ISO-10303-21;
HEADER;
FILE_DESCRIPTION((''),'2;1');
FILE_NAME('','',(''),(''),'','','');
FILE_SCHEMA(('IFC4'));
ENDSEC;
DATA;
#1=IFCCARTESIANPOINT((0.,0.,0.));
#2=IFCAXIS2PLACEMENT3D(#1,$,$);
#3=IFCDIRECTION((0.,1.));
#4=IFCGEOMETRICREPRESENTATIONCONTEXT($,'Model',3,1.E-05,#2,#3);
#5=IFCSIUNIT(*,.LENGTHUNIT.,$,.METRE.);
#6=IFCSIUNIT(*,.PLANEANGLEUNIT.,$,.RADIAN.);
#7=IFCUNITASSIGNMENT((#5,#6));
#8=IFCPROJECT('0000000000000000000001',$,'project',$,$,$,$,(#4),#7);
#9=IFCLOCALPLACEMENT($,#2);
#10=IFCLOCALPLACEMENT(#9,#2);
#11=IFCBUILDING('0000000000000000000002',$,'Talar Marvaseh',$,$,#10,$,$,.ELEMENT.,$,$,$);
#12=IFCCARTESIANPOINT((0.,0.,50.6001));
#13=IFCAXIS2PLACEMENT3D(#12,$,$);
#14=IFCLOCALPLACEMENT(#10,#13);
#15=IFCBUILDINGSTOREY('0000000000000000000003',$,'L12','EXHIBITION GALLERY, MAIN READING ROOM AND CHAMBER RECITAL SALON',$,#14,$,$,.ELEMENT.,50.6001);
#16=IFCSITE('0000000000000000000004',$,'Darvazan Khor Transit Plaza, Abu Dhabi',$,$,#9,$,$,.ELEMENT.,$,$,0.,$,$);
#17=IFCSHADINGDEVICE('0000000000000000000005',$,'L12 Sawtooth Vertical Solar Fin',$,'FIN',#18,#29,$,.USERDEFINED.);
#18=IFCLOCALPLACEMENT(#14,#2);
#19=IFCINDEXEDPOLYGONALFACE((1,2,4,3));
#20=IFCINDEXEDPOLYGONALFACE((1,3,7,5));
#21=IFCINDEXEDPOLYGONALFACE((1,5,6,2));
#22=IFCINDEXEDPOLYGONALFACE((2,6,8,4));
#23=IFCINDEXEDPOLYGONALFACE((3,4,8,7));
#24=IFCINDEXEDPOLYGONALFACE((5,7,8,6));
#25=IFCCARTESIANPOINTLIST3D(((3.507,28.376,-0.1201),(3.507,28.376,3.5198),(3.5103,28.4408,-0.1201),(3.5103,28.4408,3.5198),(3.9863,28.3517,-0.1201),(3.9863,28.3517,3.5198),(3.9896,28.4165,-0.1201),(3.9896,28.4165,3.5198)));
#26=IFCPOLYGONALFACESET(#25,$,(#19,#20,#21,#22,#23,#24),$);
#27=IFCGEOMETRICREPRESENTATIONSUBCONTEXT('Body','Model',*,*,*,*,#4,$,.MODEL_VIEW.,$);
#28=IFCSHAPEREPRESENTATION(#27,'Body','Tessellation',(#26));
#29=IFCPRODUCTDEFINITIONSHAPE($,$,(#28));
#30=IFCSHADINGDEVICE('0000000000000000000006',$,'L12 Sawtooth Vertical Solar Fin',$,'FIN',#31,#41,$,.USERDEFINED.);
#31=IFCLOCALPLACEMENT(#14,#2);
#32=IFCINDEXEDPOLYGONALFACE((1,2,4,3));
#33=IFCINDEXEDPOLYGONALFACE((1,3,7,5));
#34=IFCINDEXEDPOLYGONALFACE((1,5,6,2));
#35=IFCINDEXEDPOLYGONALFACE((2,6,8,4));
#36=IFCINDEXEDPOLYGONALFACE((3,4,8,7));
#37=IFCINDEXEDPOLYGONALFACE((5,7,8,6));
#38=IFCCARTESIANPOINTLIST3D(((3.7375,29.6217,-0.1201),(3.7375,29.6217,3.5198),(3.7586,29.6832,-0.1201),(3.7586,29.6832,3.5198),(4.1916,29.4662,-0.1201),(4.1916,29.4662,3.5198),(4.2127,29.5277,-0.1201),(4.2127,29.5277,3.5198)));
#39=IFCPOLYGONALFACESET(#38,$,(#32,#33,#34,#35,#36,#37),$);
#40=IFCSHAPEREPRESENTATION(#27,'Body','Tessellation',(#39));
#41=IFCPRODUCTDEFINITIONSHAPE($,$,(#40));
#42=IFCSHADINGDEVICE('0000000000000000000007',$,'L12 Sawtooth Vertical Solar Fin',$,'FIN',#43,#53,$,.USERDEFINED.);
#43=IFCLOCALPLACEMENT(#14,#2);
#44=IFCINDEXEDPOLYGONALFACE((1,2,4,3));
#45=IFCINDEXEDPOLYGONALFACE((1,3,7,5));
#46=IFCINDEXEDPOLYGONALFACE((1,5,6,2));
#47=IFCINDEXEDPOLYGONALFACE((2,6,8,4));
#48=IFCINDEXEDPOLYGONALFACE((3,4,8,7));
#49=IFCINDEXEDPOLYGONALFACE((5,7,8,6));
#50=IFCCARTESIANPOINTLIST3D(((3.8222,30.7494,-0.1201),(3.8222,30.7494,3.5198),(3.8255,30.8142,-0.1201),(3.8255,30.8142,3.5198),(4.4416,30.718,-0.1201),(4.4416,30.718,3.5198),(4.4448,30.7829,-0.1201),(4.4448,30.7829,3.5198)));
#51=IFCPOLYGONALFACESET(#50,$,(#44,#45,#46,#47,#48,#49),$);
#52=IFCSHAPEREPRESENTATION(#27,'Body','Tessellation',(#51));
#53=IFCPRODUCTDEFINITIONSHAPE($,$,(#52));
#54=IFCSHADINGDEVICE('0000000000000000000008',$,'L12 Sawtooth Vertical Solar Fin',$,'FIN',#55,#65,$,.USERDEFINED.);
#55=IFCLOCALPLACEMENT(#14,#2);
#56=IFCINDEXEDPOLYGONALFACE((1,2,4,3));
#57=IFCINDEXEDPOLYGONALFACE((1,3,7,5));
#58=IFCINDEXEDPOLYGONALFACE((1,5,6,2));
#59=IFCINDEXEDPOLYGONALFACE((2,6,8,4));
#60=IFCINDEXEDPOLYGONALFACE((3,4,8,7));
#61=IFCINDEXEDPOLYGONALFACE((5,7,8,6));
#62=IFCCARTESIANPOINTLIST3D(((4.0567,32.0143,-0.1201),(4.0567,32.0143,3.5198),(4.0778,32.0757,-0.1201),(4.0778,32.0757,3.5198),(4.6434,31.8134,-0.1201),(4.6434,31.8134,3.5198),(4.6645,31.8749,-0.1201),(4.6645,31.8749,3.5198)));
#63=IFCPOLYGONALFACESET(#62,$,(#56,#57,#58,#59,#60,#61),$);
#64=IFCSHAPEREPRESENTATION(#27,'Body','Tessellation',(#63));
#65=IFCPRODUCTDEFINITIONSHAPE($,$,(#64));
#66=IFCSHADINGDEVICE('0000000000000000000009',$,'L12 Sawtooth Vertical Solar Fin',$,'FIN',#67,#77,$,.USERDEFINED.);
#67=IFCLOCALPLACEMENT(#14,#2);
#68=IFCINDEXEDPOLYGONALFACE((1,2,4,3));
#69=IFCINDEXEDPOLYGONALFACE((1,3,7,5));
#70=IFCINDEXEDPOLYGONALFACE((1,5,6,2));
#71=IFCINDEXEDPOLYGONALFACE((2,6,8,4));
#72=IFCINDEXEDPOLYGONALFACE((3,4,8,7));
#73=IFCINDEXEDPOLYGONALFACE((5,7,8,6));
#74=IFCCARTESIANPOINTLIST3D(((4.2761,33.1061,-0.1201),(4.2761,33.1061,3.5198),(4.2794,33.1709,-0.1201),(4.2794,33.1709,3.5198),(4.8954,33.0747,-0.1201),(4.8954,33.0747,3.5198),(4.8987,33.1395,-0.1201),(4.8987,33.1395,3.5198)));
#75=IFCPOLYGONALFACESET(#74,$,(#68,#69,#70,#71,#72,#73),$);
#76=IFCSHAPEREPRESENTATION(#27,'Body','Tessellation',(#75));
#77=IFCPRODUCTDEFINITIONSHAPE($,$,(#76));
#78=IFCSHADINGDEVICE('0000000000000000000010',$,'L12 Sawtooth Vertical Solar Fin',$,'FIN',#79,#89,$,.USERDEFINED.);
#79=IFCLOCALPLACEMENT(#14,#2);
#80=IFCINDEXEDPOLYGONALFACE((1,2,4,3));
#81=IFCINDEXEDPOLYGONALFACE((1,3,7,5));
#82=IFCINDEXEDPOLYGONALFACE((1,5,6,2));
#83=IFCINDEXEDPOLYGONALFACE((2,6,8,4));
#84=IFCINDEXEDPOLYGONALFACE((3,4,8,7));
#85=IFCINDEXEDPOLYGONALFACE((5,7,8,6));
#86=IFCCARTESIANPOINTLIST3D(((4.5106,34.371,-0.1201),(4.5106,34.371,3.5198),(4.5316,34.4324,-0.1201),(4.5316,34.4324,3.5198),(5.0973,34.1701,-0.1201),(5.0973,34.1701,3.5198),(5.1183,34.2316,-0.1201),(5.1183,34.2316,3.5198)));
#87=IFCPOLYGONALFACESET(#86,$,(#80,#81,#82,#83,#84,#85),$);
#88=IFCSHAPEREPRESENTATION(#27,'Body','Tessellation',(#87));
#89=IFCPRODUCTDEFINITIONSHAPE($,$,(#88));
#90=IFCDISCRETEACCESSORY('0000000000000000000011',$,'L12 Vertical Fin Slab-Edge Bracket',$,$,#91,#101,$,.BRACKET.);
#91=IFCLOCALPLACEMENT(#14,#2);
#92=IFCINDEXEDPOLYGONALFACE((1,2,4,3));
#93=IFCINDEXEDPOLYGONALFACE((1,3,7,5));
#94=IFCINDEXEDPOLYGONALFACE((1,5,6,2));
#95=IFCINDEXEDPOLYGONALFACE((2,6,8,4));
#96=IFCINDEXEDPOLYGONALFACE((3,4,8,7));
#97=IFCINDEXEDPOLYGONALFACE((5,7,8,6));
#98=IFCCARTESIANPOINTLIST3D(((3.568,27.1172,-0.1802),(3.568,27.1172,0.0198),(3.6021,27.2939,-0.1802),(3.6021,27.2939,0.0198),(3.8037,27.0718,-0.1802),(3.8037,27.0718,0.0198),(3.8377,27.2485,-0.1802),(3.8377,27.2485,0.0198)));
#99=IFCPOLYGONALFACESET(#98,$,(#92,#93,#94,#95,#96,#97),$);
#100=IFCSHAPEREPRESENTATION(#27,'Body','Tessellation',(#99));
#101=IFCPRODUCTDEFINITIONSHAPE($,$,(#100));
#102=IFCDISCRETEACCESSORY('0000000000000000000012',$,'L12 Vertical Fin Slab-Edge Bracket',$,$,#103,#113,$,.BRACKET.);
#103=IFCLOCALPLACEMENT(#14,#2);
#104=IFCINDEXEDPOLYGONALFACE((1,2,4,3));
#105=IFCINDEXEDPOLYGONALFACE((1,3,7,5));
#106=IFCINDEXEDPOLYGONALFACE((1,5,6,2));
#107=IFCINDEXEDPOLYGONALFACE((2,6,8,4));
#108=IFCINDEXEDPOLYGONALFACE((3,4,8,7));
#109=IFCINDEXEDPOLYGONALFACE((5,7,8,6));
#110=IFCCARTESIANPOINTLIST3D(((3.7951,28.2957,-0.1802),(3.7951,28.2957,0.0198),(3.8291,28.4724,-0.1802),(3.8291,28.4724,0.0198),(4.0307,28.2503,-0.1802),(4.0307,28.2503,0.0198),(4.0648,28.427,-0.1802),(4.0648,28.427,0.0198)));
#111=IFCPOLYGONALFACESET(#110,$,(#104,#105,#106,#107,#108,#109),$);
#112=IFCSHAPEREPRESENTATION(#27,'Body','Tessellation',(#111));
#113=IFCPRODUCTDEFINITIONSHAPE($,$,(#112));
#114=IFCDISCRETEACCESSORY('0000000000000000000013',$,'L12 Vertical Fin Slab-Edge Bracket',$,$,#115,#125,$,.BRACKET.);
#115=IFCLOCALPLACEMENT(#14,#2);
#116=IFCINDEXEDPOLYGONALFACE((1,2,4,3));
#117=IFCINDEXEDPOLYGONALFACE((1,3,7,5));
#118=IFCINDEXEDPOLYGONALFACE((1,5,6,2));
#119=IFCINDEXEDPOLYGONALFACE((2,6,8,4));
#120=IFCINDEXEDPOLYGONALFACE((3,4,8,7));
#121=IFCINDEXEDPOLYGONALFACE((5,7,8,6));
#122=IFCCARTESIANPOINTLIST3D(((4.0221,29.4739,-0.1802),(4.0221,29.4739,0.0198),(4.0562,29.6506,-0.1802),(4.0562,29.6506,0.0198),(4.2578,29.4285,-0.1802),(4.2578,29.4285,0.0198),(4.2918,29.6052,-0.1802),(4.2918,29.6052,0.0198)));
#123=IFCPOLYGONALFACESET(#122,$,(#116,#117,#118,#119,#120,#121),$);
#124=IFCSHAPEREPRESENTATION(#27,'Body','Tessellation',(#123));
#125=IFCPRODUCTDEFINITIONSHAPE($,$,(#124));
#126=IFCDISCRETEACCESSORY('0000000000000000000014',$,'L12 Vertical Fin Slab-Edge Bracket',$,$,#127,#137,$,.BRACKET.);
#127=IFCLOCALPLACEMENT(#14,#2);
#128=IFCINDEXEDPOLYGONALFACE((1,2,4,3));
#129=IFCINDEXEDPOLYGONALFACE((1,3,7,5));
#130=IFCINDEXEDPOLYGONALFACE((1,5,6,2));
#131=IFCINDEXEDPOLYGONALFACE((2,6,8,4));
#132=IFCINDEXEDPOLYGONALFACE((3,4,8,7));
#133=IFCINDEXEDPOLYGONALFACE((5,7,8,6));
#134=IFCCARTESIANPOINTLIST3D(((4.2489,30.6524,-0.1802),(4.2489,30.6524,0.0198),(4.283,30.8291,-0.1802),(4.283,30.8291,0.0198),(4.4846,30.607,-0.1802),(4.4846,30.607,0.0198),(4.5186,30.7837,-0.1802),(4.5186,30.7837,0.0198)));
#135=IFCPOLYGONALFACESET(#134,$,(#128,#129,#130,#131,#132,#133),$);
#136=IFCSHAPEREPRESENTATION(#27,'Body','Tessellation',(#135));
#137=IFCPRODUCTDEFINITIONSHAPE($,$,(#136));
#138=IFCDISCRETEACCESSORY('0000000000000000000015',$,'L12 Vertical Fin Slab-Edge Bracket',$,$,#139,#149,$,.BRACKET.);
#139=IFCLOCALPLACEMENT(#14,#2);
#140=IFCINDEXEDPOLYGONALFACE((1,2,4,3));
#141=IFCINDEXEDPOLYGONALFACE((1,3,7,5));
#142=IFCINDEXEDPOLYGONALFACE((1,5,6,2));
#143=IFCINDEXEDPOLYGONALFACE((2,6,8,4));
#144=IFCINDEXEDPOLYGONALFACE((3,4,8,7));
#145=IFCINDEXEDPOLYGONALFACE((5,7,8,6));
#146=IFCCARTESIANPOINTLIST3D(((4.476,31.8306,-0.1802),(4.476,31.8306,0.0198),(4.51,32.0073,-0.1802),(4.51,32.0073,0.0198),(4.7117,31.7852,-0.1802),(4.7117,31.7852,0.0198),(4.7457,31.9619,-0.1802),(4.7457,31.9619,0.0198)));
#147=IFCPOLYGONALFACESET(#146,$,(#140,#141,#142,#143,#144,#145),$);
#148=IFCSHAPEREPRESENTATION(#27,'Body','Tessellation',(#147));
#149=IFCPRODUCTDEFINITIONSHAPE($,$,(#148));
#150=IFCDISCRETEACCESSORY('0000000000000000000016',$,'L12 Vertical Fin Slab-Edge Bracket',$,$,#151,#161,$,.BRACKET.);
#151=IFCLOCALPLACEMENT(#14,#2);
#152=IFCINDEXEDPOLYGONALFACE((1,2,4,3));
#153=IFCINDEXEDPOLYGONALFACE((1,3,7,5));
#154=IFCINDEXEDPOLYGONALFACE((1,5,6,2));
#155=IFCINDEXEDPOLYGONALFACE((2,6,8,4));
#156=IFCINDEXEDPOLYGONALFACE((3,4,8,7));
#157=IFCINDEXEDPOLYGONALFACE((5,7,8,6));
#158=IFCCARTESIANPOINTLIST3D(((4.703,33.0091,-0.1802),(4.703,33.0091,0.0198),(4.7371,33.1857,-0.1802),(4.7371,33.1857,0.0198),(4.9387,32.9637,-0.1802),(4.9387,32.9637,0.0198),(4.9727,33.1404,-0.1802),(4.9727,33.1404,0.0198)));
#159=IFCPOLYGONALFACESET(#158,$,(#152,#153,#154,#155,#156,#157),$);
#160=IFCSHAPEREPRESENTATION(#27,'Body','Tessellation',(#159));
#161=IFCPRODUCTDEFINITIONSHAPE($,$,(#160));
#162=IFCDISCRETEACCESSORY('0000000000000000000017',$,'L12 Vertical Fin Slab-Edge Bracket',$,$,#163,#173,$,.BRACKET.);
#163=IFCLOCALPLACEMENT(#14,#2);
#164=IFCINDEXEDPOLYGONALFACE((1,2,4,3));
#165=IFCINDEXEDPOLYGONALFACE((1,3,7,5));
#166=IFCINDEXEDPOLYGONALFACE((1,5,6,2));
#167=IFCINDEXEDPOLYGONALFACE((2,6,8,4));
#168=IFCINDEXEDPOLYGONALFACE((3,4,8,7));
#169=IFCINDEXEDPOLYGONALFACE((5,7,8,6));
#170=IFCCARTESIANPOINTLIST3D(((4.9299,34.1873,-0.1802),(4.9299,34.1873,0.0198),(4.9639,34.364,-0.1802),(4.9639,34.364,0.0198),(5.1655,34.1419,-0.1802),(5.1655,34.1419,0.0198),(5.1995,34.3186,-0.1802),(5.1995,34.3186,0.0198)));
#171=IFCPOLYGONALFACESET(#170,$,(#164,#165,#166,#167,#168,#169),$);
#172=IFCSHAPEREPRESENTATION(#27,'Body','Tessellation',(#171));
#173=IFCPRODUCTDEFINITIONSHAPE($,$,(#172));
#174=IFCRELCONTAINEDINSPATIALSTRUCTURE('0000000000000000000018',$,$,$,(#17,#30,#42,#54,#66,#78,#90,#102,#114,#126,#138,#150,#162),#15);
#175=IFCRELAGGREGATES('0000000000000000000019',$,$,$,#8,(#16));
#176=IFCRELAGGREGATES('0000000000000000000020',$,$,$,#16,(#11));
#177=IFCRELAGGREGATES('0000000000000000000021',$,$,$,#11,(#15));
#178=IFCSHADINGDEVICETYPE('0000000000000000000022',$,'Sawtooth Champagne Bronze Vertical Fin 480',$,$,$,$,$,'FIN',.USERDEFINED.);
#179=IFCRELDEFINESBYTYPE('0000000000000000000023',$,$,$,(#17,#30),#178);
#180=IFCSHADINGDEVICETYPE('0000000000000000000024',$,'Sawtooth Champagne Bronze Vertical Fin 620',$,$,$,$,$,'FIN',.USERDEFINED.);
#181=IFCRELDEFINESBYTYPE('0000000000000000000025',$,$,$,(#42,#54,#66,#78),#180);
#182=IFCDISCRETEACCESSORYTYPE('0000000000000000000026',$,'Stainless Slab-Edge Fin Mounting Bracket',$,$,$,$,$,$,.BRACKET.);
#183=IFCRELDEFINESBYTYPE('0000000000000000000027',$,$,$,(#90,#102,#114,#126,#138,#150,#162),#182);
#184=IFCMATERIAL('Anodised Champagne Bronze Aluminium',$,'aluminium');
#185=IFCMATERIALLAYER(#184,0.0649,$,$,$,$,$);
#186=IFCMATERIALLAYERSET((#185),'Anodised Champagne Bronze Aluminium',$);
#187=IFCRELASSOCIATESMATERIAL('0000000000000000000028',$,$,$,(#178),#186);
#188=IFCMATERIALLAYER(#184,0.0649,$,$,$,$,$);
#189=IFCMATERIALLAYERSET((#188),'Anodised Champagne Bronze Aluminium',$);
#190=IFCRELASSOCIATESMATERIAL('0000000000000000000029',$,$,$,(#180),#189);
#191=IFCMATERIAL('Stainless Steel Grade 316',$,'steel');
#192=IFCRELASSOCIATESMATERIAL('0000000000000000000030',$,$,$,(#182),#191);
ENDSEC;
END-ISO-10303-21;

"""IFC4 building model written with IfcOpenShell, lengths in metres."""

from ifc_helpers import new_model, si_unit, direction, frame, origin, origin_2d, place, context, subcontext, project, spatial, rectangle, extrude, source, transform, mapped, material, layer, layer_set, type_object, type_shapes, element, save


model = new_model("IFC4")

# Units and contexts
model_context = context("Model", 3, precision=1e-05, world=origin(), true_north=direction((0.0, 1.0)))
body_context = subcontext(model_context, "Body", "Model", "MODEL_VIEW")
ifc_project = project(units=[si_unit("LENGTHUNIT", "METRE"), si_unit("PLANEANGLEUNIT", "RADIAN")], contexts=[model_context])

# Site, building, storey
site_placement = place(None, origin())
site = spatial("IfcSite", under=ifc_project, at=site_placement, Name="Darvazan Khor Transit Plaza, Abu Dhabi", CompositionType="ELEMENT", RefElevation=0.0)
building_placement = place(site_placement, origin())
building = spatial("IfcBuilding", under=site, at=building_placement, Name="Talar Marvaseh", CompositionType="ELEMENT")
storey_placement = place(building_placement, frame((0.0, 0.0, 50.6001)))
storey = spatial("IfcBuildingStorey", under=building, at=storey_placement, Name="L12", Description="EXHIBITION GALLERY, MAIN READING ROOM AND CHAMBER RECITAL SALON", CompositionType="ELEMENT", Elevation=50.6001)

# Shading devices
ifc_material_1 = material(Name="Anodised Champagne Bronze Aluminium", Category="aluminium")
ifc_layer_1 = layer(ifc_material_1, 0.0649)
ifc_layer_set_1 = layer_set([ifc_layer_1], Name="Anodised Champagne Bronze Aluminium")
shading_device_type_1 = type_object("IfcShadingDeviceType", Name="Sawtooth Champagne Bronze Vertical Fin 480", ElementType="FIN", PredefinedType="USERDEFINED", material=ifc_layer_set_1)
shared_shape_1 = source(origin(), body_context, "Body", "SweptSolid", [
    extrude(rectangle(XDim=0.48, YDim=0.0649, at=origin_2d()), origin(), (0.0, 0.0, 1.0), 3.6399),
])
type_shapes(shading_device_type_1, [shared_shape_1])
for number, where, z_axis, x_axis, name in (
    (1, (3.7483, 28.3962, -0.1201), (0.0, 0.0, 1.0), (-0.998719, 0.050593, 0.0), "L12 Sawtooth Vertical Solar Fin"),
    (2, (3.9751, 29.5747, -0.1201), (0.0, 0.0, 1.0), (-0.946085, 0.323917, 0.0), "L12 Sawtooth Vertical Solar Fin"),
):
    element("IfcShadingDevice", number, at=place(storey_placement, frame(where, z_axis=z_axis, x_axis=x_axis)), inside=storey, type_object=shading_device_type_1, Name=name, ObjectType="FIN", PredefinedType="USERDEFINED", context=body_context, shape_type="MappedRepresentation", body=[
        mapped(shared_shape_1, transform((0.0, 0.0, 0.0), x_axis=(1.0, 0.0, 0.0), y_axis=(0.0, 1.0, 0.0), z_axis=(0.0, 0.0, 1.0), scale=1.0)),
    ])
ifc_layer_2 = layer(ifc_material_1, 0.0649)
ifc_layer_set_2 = layer_set([ifc_layer_2], Name="Anodised Champagne Bronze Aluminium")
shading_device_type_2 = type_object("IfcShadingDeviceType", Name="Sawtooth Champagne Bronze Vertical Fin 620", ElementType="FIN", PredefinedType="USERDEFINED", material=ifc_layer_set_2)
shared_shape_2 = source(origin(), body_context, "Body", "SweptSolid", [
    extrude(rectangle(XDim=0.6201, YDim=0.0649, at=origin_2d()), origin(), (0.0, 0.0, 1.0), 3.6399),
])
type_shapes(shading_device_type_2, [shared_shape_2])
for number, where, z_axis, x_axis, name in (
    (3, (4.1335, 30.7661, -0.1201), (0.0, 0.0, 1.0), (-0.998719, 0.050593, 0.0), "L12 Sawtooth Vertical Solar Fin"),
    (4, (4.3606, 31.9446, -0.1201), (0.0, 0.0, 1.0), (-0.946085, 0.323917, 0.0), "L12 Sawtooth Vertical Solar Fin"),
    (5, (4.5874, 33.1228, -0.1201), (0.0, 0.0, 1.0), (-0.998719, 0.050593, 0.0), "L12 Sawtooth Vertical Solar Fin"),
    (6, (4.8145, 34.3013, -0.1201), (0.0, 0.0, 1.0), (-0.946085, 0.323917, 0.0), "L12 Sawtooth Vertical Solar Fin"),
):
    element("IfcShadingDevice", number, at=place(storey_placement, frame(where, z_axis=z_axis, x_axis=x_axis)), inside=storey, type_object=shading_device_type_2, Name=name, ObjectType="FIN", PredefinedType="USERDEFINED", context=body_context, shape_type="MappedRepresentation", body=[
        mapped(shared_shape_2, transform((0.0, 0.0, 0.0), x_axis=(1.0, 0.0, 0.0), y_axis=(0.0, 1.0, 0.0), z_axis=(0.0, 0.0, 1.0), scale=1.0)),
    ])

# Discrete accessories
ifc_material_2 = material(Name="Stainless Steel Grade 316", Category="steel")
discrete_accessory_type = type_object("IfcDiscreteAccessoryType", Name="Stainless Slab-Edge Fin Mounting Bracket", PredefinedType="BRACKET", material=ifc_material_2)
shared_shape_3 = source(origin(), body_context, "Body", "SweptSolid", [
    extrude(rectangle(XDim=0.24, YDim=0.1799, at=origin_2d()), origin(), (0.0, 0.0, 1.0), 0.2),
])
type_shapes(discrete_accessory_type, [shared_shape_3])
for number, where, z_axis, x_axis, name in (
    (7, (3.7029, 27.1829, -0.1802), (0.0, 0.0, 1.0), (-0.981959, 0.189095, 0.0), "L12 Vertical Fin Slab-Edge Bracket"),
    (8, (3.9299, 28.3613, -0.1802), (0.0, 0.0, 1.0), (-0.981959, 0.189095, 0.0), "L12 Vertical Fin Slab-Edge Bracket"),
    (9, (4.157, 29.5396, -0.1802), (0.0, 0.0, 1.0), (-0.981959, 0.189095, 0.0), "L12 Vertical Fin Slab-Edge Bracket"),
    (10, (4.3838, 30.718, -0.1802), (0.0, 0.0, 1.0), (-0.981959, 0.189095, 0.0), "L12 Vertical Fin Slab-Edge Bracket"),
    (11, (4.6108, 31.8962, -0.1802), (0.0, 0.0, 1.0), (-0.981959, 0.189095, 0.0), "L12 Vertical Fin Slab-Edge Bracket"),
    (12, (4.8379, 33.0747, -0.1802), (0.0, 0.0, 1.0), (-0.981959, 0.189095, 0.0), "L12 Vertical Fin Slab-Edge Bracket"),
    (13, (5.0647, 34.2529, -0.1802), (0.0, 0.0, 1.0), (-0.981959, 0.189095, 0.0), "L12 Vertical Fin Slab-Edge Bracket"),
):
    element("IfcDiscreteAccessory", number, at=place(storey_placement, frame(where, z_axis=z_axis, x_axis=x_axis)), inside=storey, type_object=discrete_accessory_type, Name=name, PredefinedType="BRACKET", context=body_context, shape_type="MappedRepresentation", body=[
        mapped(shared_shape_3, transform((0.0, 0.0, 0.0), x_axis=(1.0, 0.0, 0.0), y_axis=(0.0, 1.0, 0.0), z_axis=(0.0, 0.0, 1.0), scale=1.0)),
    ])

save(model, "model.ifc")
